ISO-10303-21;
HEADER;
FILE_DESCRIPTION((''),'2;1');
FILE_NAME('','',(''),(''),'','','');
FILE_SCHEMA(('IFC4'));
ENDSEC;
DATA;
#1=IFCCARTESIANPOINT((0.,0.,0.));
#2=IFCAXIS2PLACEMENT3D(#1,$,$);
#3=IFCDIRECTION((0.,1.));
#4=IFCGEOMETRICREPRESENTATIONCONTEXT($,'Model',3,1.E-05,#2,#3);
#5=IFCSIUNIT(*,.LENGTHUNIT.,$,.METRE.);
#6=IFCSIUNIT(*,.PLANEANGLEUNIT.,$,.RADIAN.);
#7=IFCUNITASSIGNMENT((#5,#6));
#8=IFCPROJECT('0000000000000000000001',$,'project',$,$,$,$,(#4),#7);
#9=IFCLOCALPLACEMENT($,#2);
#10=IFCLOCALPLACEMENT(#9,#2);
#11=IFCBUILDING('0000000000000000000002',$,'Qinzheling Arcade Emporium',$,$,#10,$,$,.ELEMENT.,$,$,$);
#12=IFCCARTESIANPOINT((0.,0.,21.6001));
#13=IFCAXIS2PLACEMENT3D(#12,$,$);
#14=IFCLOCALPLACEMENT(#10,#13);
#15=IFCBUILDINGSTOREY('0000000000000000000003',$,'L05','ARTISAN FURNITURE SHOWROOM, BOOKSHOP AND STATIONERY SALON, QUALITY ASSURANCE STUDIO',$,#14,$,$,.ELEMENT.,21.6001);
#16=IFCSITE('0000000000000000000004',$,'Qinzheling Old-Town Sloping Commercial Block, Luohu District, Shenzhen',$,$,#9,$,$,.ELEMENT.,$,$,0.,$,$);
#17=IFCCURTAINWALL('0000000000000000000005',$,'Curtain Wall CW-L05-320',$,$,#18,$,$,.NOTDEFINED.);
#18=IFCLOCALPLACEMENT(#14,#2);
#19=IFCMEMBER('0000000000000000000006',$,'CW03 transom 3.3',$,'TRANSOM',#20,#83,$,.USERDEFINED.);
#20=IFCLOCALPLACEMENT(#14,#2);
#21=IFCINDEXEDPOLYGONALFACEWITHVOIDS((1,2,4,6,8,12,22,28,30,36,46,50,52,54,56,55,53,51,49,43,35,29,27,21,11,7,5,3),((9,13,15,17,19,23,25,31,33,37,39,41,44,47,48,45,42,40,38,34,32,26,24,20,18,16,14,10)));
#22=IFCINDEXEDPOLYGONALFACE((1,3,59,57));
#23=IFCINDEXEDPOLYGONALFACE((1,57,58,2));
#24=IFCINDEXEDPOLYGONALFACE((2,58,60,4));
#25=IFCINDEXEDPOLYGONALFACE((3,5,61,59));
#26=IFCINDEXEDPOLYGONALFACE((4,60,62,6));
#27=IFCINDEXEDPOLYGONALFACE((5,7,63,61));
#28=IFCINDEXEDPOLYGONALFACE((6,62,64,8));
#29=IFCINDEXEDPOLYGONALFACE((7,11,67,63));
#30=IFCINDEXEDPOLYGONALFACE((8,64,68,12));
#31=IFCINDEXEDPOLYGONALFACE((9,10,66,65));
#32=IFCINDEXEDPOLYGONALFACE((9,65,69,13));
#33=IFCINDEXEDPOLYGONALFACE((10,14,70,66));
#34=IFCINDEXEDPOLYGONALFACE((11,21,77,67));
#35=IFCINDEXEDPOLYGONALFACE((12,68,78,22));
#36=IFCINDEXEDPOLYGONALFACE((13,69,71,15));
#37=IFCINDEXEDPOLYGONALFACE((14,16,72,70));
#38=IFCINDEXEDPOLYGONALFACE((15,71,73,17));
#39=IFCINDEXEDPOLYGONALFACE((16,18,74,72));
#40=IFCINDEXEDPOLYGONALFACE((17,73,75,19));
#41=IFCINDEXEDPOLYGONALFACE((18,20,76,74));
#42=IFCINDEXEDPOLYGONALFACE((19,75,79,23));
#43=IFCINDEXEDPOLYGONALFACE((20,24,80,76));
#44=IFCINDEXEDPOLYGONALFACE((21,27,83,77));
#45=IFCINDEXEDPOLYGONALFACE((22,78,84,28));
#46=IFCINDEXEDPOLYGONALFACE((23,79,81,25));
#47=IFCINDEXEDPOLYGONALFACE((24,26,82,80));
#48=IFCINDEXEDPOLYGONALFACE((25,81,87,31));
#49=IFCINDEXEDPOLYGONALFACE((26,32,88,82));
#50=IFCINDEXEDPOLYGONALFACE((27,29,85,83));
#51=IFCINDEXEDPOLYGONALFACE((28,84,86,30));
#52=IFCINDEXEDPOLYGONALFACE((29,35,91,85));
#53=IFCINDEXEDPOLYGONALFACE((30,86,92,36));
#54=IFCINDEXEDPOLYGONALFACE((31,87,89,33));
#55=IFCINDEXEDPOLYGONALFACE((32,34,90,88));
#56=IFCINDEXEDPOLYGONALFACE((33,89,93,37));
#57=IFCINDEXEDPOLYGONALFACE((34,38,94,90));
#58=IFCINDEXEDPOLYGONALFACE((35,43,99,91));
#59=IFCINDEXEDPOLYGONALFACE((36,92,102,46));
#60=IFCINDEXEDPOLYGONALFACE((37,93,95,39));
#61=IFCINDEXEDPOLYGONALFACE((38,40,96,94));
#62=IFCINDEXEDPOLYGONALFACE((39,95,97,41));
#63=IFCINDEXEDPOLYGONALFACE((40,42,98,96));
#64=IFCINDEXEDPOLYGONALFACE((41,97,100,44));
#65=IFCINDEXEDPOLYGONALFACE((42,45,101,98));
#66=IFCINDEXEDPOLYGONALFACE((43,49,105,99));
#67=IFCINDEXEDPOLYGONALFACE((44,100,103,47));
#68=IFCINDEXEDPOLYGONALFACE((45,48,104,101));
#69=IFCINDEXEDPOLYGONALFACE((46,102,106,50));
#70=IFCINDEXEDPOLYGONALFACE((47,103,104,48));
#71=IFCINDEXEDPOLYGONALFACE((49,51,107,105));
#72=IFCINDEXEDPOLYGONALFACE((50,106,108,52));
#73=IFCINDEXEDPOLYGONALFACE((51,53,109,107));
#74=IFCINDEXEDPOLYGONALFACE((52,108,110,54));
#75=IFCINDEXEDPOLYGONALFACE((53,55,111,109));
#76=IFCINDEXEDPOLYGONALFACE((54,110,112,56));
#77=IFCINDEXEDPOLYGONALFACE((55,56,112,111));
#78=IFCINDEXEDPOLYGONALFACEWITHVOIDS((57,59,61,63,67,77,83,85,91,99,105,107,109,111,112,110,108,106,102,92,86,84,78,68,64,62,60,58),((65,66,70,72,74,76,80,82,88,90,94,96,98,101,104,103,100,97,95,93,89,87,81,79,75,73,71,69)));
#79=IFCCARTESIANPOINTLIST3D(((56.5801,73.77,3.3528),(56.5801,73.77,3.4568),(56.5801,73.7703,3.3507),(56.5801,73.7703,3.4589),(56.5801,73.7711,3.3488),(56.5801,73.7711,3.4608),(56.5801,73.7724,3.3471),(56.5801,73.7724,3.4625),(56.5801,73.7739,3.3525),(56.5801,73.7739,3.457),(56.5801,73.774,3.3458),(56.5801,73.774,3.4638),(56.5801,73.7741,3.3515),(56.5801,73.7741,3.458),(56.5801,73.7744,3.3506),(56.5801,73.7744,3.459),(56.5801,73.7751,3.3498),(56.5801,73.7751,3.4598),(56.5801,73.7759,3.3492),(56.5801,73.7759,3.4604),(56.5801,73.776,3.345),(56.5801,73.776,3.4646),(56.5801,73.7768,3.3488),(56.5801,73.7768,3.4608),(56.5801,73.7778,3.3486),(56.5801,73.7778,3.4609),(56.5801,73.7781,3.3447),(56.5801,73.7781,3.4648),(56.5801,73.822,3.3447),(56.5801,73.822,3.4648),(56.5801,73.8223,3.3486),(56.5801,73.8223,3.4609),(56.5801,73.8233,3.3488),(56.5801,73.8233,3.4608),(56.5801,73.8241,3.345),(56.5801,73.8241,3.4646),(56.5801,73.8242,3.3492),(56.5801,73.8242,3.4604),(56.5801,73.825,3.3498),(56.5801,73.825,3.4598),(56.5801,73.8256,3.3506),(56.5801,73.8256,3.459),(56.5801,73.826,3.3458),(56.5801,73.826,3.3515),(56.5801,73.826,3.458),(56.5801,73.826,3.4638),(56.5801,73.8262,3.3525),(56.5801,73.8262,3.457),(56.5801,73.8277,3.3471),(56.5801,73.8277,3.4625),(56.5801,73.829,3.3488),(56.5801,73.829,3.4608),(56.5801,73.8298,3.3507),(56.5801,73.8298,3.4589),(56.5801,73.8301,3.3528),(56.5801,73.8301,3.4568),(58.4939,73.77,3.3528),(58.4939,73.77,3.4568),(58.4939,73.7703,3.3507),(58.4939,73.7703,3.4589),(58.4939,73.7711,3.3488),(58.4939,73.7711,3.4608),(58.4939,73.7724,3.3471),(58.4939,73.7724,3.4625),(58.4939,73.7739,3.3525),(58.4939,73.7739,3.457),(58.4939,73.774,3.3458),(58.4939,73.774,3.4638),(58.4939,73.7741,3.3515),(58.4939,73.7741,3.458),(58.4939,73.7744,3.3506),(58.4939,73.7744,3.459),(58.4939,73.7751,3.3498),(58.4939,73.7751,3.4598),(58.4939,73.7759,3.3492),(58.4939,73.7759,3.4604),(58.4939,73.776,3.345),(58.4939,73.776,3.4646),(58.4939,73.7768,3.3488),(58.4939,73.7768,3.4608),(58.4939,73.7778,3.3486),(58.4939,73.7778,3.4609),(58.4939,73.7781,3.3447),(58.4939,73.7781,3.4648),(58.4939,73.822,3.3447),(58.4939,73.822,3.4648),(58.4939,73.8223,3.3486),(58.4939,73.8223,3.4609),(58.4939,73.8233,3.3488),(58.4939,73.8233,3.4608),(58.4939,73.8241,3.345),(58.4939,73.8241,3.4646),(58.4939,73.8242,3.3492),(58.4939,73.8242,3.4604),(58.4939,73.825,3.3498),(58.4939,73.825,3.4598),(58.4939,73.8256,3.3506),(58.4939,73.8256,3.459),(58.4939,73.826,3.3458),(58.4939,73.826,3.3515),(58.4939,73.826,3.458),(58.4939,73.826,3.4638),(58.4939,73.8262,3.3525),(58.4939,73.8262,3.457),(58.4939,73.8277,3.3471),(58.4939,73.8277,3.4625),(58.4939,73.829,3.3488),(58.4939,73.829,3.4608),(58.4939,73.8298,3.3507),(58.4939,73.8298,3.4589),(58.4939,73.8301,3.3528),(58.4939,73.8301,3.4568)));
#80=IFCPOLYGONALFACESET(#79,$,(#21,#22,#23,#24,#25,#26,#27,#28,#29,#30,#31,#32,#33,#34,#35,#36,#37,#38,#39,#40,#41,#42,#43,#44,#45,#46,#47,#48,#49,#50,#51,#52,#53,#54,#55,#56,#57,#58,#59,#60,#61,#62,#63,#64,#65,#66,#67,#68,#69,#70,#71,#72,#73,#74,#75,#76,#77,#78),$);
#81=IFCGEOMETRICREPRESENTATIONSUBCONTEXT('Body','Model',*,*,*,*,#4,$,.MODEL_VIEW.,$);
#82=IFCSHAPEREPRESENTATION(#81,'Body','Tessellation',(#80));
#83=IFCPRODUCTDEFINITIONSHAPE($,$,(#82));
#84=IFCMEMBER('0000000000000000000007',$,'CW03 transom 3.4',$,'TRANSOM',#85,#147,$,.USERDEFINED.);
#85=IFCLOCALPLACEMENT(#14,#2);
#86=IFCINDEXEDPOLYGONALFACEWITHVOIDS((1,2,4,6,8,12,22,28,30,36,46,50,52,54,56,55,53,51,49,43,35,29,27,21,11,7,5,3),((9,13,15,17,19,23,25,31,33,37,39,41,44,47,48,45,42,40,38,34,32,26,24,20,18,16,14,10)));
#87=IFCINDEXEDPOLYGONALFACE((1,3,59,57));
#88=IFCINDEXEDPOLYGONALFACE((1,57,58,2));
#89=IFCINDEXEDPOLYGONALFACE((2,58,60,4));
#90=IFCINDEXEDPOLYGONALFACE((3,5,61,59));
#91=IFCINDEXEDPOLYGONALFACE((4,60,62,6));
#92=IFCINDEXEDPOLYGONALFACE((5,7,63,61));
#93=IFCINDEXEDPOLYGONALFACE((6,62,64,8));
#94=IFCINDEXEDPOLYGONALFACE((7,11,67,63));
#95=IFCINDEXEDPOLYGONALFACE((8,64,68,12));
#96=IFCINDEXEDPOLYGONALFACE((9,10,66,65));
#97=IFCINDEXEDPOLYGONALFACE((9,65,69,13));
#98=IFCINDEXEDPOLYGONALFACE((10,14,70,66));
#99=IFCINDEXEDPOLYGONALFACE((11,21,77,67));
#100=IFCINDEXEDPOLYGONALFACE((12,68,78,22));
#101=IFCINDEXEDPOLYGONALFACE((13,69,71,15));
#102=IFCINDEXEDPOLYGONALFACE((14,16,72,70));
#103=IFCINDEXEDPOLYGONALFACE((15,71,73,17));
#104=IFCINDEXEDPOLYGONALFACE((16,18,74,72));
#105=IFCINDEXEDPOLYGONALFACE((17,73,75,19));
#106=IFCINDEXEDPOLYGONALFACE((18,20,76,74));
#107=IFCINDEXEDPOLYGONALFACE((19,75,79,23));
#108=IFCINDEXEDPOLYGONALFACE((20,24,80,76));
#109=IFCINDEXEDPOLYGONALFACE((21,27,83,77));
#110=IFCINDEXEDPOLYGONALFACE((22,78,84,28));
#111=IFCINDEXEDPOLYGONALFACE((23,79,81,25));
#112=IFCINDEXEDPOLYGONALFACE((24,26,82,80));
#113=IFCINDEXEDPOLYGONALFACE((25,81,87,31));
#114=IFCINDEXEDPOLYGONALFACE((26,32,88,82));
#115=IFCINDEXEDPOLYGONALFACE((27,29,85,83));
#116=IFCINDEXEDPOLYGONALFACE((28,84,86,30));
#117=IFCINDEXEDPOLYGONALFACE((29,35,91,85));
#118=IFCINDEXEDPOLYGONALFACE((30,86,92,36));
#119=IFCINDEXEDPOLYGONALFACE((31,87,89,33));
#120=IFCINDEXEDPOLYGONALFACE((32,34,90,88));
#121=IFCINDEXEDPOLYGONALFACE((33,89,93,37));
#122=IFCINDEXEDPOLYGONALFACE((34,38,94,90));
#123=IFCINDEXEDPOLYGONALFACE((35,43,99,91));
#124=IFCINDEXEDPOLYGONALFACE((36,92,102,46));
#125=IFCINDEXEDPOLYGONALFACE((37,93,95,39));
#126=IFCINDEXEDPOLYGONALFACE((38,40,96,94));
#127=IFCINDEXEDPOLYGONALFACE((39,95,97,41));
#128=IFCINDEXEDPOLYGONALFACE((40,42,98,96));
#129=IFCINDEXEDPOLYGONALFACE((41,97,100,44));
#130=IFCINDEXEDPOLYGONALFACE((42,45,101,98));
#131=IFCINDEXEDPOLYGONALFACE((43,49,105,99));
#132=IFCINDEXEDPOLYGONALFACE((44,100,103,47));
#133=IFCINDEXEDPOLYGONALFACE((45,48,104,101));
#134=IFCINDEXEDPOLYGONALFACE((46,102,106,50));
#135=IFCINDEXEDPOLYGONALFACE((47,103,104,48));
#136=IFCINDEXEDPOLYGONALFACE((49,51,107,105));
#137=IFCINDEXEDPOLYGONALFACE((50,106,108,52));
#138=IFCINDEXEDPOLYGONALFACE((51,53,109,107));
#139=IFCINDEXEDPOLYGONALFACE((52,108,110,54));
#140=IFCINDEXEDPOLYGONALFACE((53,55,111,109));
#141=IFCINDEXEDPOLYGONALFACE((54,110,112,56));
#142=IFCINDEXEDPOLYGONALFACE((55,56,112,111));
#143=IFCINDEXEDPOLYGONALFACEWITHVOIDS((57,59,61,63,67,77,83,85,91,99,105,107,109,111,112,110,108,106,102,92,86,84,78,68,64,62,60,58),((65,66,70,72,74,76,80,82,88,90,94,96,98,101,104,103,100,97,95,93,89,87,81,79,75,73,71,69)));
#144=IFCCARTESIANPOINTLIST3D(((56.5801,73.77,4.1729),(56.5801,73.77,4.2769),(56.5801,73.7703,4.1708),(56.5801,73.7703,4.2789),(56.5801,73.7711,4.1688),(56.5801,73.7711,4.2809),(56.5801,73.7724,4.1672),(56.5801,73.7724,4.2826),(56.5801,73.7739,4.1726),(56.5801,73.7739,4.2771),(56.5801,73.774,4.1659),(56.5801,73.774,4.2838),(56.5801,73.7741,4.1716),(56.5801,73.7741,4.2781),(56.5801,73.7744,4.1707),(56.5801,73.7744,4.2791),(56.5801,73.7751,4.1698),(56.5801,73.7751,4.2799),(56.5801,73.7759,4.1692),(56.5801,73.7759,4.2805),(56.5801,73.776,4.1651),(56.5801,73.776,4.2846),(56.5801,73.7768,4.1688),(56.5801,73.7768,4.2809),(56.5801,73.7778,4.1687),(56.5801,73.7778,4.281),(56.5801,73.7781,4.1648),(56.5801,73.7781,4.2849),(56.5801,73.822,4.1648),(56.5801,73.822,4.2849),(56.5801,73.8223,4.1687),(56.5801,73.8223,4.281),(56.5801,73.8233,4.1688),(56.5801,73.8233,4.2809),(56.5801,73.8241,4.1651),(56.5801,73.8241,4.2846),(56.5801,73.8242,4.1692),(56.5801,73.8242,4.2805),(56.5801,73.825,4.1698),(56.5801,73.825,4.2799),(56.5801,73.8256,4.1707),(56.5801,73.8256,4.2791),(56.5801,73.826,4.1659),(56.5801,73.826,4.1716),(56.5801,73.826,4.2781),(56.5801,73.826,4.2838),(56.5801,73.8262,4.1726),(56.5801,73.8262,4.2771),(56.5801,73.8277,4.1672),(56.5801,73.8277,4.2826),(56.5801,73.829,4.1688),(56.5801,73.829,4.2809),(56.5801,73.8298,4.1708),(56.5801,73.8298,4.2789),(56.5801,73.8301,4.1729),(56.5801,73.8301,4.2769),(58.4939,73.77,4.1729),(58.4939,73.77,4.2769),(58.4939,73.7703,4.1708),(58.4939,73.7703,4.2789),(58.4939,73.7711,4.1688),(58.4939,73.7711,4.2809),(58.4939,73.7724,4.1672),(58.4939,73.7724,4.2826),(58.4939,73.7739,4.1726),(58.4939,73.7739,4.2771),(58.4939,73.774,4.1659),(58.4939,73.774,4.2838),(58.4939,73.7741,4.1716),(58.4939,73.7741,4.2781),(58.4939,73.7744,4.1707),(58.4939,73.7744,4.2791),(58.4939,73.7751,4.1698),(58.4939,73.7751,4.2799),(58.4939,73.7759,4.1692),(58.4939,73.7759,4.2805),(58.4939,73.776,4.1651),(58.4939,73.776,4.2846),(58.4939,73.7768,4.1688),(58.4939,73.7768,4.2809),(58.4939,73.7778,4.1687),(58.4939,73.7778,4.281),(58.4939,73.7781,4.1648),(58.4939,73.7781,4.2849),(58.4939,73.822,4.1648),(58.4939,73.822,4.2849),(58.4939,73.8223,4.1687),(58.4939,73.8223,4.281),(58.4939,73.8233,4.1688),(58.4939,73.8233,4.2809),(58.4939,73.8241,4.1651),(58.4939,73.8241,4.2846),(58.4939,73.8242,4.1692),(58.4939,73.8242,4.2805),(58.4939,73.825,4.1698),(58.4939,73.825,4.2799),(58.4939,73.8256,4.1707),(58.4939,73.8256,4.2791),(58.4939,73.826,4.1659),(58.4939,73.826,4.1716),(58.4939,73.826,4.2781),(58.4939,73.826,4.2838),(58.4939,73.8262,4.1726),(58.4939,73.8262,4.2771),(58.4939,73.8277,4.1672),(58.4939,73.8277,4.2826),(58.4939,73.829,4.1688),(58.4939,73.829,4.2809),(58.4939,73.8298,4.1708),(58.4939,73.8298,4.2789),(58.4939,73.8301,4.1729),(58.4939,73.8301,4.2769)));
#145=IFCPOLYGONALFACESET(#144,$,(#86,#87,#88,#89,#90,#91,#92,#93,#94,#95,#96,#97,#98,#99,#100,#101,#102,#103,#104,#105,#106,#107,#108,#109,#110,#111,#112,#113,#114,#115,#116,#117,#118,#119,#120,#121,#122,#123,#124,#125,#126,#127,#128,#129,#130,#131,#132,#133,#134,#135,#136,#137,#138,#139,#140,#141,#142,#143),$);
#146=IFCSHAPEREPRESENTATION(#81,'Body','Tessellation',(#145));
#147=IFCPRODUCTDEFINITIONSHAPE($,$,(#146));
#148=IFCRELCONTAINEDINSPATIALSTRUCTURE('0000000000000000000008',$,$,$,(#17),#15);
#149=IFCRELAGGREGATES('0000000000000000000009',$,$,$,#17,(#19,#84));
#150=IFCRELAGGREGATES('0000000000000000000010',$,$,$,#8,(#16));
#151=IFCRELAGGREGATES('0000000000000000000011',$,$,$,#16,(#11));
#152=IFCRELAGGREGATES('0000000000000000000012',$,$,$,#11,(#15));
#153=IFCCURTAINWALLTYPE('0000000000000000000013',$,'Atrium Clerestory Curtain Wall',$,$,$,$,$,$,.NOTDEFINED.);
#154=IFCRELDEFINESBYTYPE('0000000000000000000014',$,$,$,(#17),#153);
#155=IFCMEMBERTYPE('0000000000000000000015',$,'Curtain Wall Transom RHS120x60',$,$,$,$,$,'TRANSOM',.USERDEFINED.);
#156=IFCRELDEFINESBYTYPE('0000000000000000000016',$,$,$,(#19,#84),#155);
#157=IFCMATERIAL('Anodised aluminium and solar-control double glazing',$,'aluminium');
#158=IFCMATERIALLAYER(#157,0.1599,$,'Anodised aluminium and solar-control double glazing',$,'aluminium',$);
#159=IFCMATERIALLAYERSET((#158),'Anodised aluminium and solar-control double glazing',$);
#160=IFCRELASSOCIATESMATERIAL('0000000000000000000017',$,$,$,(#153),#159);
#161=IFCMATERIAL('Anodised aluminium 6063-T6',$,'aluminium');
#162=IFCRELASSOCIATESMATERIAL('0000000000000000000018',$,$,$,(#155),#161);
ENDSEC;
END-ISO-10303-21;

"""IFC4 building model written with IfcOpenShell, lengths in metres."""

from ifc_helpers import new_model, si_unit, direction, frame, origin, origin_2d, place, context, subcontext, project, spatial, hollow_rectangle, extrude, material, layer, layer_set, material_profile, profile_set, type_object, element, aggregate, save


model = new_model("IFC4")

# Units and contexts
model_context = context("Model", 3, precision=1e-05, world=origin(), true_north=direction((0.0, 1.0)))
body_context = subcontext(model_context, "Body", "Model", "MODEL_VIEW")
ifc_project = project(units=[si_unit("LENGTHUNIT", "METRE"), si_unit("PLANEANGLEUNIT", "RADIAN")], contexts=[model_context])

# Site, building, storey
site_placement = place(None, origin())
site = spatial("IfcSite", under=ifc_project, at=site_placement, Name="Qinzheling Old-Town Sloping Commercial Block, Luohu District, Shenzhen", CompositionType="ELEMENT", RefElevation=0.0)
building_placement = place(site_placement, origin())
building = spatial("IfcBuilding", under=site, at=building_placement, Name="Qinzheling Arcade Emporium", CompositionType="ELEMENT")
storey_placement = place(building_placement, frame((0.0, 0.0, 21.6001)))
storey = spatial("IfcBuildingStorey", under=building, at=storey_placement, Name="L05", Description="ARTISAN FURNITURE SHOWROOM, BOOKSHOP AND STATIONERY SALON, QUALITY ASSURANCE STUDIO", CompositionType="ELEMENT", Elevation=21.6001)

# Curtain wall, members
ifc_material_1 = material(Name="Anodised aluminium and solar-control double glazing", Category="aluminium")
ifc_layer_1 = layer(ifc_material_1, 0.1599, Name="Anodised aluminium and solar-control double glazing", Category="aluminium")
ifc_layer_set_1 = layer_set([ifc_layer_1], Name="Anodised aluminium and solar-control double glazing")
curtain_wall_type = type_object("IfcCurtainWallType", Name="Atrium Clerestory Curtain Wall", PredefinedType="NOTDEFINED", material=ifc_layer_set_1)
curtain_wall_placement = place(storey_placement, origin())
curtain_wall = element("IfcCurtainWall", 1, at=curtain_wall_placement, inside=storey, type_object=curtain_wall_type, Name="Curtain Wall CW-L05-320", PredefinedType="NOTDEFINED")
ifc_material_2 = material(Name="Anodised aluminium 6063-T6", Category="aluminium")
ifc_material_profile_1 = material_profile(ifc_material_2, hollow_rectangle(XDim=0.0601, YDim=0.1201, WallThickness=0.0039, InnerFilletRadius=0.0039, OuterFilletRadius=0.0081, at=origin_2d()), Name="RHS 120x60x4", Category="aluminium")
ifc_profile_set_1 = profile_set([ifc_material_profile_1], Name="Anodised aluminium 6063-T6")
member_type_1 = type_object("IfcMemberType", Name="Curtain Wall Transom RHS120x60", ElementType="TRANSOM", PredefinedType="USERDEFINED", material=ifc_profile_set_1)
member_1_placement = place(storey_placement, frame((56.5801, 73.8, 3.4048), z_axis=(1.0, 0.0, 0.0), x_axis=(0.0, 1.0, 0.0)))
member_1 = element("IfcMember", 2, at=member_1_placement, type_object=member_type_1, Name="CW03 transom 3.3", ObjectType="TRANSOM", PredefinedType="USERDEFINED", context=body_context, shape_type="SweptSolid", body=[
    extrude(hollow_rectangle(XDim=0.0601, YDim=0.1201, WallThickness=0.0039, InnerFilletRadius=0.0039, OuterFilletRadius=0.0081, at=origin_2d()), origin(), (0.0, 0.0, 1.0), 1.9138),
])
member_2_placement = place(storey_placement, frame((56.5801, 73.8, 4.2249), z_axis=(1.0, 0.0, 0.0), x_axis=(0.0, 1.0, 0.0)))
member_2 = element("IfcMember", 3, at=member_2_placement, type_object=member_type_1, Name="CW03 transom 3.4", ObjectType="TRANSOM", PredefinedType="USERDEFINED", context=body_context, shape_type="SweptSolid", body=[
    extrude(hollow_rectangle(XDim=0.0601, YDim=0.1201, WallThickness=0.0039, InnerFilletRadius=0.0039, OuterFilletRadius=0.0081, at=origin_2d()), origin(), (0.0, 0.0, 1.0), 1.9138),
])

aggregate(curtain_wall, [member_1, member_2])

save(model, "model.ifc")
